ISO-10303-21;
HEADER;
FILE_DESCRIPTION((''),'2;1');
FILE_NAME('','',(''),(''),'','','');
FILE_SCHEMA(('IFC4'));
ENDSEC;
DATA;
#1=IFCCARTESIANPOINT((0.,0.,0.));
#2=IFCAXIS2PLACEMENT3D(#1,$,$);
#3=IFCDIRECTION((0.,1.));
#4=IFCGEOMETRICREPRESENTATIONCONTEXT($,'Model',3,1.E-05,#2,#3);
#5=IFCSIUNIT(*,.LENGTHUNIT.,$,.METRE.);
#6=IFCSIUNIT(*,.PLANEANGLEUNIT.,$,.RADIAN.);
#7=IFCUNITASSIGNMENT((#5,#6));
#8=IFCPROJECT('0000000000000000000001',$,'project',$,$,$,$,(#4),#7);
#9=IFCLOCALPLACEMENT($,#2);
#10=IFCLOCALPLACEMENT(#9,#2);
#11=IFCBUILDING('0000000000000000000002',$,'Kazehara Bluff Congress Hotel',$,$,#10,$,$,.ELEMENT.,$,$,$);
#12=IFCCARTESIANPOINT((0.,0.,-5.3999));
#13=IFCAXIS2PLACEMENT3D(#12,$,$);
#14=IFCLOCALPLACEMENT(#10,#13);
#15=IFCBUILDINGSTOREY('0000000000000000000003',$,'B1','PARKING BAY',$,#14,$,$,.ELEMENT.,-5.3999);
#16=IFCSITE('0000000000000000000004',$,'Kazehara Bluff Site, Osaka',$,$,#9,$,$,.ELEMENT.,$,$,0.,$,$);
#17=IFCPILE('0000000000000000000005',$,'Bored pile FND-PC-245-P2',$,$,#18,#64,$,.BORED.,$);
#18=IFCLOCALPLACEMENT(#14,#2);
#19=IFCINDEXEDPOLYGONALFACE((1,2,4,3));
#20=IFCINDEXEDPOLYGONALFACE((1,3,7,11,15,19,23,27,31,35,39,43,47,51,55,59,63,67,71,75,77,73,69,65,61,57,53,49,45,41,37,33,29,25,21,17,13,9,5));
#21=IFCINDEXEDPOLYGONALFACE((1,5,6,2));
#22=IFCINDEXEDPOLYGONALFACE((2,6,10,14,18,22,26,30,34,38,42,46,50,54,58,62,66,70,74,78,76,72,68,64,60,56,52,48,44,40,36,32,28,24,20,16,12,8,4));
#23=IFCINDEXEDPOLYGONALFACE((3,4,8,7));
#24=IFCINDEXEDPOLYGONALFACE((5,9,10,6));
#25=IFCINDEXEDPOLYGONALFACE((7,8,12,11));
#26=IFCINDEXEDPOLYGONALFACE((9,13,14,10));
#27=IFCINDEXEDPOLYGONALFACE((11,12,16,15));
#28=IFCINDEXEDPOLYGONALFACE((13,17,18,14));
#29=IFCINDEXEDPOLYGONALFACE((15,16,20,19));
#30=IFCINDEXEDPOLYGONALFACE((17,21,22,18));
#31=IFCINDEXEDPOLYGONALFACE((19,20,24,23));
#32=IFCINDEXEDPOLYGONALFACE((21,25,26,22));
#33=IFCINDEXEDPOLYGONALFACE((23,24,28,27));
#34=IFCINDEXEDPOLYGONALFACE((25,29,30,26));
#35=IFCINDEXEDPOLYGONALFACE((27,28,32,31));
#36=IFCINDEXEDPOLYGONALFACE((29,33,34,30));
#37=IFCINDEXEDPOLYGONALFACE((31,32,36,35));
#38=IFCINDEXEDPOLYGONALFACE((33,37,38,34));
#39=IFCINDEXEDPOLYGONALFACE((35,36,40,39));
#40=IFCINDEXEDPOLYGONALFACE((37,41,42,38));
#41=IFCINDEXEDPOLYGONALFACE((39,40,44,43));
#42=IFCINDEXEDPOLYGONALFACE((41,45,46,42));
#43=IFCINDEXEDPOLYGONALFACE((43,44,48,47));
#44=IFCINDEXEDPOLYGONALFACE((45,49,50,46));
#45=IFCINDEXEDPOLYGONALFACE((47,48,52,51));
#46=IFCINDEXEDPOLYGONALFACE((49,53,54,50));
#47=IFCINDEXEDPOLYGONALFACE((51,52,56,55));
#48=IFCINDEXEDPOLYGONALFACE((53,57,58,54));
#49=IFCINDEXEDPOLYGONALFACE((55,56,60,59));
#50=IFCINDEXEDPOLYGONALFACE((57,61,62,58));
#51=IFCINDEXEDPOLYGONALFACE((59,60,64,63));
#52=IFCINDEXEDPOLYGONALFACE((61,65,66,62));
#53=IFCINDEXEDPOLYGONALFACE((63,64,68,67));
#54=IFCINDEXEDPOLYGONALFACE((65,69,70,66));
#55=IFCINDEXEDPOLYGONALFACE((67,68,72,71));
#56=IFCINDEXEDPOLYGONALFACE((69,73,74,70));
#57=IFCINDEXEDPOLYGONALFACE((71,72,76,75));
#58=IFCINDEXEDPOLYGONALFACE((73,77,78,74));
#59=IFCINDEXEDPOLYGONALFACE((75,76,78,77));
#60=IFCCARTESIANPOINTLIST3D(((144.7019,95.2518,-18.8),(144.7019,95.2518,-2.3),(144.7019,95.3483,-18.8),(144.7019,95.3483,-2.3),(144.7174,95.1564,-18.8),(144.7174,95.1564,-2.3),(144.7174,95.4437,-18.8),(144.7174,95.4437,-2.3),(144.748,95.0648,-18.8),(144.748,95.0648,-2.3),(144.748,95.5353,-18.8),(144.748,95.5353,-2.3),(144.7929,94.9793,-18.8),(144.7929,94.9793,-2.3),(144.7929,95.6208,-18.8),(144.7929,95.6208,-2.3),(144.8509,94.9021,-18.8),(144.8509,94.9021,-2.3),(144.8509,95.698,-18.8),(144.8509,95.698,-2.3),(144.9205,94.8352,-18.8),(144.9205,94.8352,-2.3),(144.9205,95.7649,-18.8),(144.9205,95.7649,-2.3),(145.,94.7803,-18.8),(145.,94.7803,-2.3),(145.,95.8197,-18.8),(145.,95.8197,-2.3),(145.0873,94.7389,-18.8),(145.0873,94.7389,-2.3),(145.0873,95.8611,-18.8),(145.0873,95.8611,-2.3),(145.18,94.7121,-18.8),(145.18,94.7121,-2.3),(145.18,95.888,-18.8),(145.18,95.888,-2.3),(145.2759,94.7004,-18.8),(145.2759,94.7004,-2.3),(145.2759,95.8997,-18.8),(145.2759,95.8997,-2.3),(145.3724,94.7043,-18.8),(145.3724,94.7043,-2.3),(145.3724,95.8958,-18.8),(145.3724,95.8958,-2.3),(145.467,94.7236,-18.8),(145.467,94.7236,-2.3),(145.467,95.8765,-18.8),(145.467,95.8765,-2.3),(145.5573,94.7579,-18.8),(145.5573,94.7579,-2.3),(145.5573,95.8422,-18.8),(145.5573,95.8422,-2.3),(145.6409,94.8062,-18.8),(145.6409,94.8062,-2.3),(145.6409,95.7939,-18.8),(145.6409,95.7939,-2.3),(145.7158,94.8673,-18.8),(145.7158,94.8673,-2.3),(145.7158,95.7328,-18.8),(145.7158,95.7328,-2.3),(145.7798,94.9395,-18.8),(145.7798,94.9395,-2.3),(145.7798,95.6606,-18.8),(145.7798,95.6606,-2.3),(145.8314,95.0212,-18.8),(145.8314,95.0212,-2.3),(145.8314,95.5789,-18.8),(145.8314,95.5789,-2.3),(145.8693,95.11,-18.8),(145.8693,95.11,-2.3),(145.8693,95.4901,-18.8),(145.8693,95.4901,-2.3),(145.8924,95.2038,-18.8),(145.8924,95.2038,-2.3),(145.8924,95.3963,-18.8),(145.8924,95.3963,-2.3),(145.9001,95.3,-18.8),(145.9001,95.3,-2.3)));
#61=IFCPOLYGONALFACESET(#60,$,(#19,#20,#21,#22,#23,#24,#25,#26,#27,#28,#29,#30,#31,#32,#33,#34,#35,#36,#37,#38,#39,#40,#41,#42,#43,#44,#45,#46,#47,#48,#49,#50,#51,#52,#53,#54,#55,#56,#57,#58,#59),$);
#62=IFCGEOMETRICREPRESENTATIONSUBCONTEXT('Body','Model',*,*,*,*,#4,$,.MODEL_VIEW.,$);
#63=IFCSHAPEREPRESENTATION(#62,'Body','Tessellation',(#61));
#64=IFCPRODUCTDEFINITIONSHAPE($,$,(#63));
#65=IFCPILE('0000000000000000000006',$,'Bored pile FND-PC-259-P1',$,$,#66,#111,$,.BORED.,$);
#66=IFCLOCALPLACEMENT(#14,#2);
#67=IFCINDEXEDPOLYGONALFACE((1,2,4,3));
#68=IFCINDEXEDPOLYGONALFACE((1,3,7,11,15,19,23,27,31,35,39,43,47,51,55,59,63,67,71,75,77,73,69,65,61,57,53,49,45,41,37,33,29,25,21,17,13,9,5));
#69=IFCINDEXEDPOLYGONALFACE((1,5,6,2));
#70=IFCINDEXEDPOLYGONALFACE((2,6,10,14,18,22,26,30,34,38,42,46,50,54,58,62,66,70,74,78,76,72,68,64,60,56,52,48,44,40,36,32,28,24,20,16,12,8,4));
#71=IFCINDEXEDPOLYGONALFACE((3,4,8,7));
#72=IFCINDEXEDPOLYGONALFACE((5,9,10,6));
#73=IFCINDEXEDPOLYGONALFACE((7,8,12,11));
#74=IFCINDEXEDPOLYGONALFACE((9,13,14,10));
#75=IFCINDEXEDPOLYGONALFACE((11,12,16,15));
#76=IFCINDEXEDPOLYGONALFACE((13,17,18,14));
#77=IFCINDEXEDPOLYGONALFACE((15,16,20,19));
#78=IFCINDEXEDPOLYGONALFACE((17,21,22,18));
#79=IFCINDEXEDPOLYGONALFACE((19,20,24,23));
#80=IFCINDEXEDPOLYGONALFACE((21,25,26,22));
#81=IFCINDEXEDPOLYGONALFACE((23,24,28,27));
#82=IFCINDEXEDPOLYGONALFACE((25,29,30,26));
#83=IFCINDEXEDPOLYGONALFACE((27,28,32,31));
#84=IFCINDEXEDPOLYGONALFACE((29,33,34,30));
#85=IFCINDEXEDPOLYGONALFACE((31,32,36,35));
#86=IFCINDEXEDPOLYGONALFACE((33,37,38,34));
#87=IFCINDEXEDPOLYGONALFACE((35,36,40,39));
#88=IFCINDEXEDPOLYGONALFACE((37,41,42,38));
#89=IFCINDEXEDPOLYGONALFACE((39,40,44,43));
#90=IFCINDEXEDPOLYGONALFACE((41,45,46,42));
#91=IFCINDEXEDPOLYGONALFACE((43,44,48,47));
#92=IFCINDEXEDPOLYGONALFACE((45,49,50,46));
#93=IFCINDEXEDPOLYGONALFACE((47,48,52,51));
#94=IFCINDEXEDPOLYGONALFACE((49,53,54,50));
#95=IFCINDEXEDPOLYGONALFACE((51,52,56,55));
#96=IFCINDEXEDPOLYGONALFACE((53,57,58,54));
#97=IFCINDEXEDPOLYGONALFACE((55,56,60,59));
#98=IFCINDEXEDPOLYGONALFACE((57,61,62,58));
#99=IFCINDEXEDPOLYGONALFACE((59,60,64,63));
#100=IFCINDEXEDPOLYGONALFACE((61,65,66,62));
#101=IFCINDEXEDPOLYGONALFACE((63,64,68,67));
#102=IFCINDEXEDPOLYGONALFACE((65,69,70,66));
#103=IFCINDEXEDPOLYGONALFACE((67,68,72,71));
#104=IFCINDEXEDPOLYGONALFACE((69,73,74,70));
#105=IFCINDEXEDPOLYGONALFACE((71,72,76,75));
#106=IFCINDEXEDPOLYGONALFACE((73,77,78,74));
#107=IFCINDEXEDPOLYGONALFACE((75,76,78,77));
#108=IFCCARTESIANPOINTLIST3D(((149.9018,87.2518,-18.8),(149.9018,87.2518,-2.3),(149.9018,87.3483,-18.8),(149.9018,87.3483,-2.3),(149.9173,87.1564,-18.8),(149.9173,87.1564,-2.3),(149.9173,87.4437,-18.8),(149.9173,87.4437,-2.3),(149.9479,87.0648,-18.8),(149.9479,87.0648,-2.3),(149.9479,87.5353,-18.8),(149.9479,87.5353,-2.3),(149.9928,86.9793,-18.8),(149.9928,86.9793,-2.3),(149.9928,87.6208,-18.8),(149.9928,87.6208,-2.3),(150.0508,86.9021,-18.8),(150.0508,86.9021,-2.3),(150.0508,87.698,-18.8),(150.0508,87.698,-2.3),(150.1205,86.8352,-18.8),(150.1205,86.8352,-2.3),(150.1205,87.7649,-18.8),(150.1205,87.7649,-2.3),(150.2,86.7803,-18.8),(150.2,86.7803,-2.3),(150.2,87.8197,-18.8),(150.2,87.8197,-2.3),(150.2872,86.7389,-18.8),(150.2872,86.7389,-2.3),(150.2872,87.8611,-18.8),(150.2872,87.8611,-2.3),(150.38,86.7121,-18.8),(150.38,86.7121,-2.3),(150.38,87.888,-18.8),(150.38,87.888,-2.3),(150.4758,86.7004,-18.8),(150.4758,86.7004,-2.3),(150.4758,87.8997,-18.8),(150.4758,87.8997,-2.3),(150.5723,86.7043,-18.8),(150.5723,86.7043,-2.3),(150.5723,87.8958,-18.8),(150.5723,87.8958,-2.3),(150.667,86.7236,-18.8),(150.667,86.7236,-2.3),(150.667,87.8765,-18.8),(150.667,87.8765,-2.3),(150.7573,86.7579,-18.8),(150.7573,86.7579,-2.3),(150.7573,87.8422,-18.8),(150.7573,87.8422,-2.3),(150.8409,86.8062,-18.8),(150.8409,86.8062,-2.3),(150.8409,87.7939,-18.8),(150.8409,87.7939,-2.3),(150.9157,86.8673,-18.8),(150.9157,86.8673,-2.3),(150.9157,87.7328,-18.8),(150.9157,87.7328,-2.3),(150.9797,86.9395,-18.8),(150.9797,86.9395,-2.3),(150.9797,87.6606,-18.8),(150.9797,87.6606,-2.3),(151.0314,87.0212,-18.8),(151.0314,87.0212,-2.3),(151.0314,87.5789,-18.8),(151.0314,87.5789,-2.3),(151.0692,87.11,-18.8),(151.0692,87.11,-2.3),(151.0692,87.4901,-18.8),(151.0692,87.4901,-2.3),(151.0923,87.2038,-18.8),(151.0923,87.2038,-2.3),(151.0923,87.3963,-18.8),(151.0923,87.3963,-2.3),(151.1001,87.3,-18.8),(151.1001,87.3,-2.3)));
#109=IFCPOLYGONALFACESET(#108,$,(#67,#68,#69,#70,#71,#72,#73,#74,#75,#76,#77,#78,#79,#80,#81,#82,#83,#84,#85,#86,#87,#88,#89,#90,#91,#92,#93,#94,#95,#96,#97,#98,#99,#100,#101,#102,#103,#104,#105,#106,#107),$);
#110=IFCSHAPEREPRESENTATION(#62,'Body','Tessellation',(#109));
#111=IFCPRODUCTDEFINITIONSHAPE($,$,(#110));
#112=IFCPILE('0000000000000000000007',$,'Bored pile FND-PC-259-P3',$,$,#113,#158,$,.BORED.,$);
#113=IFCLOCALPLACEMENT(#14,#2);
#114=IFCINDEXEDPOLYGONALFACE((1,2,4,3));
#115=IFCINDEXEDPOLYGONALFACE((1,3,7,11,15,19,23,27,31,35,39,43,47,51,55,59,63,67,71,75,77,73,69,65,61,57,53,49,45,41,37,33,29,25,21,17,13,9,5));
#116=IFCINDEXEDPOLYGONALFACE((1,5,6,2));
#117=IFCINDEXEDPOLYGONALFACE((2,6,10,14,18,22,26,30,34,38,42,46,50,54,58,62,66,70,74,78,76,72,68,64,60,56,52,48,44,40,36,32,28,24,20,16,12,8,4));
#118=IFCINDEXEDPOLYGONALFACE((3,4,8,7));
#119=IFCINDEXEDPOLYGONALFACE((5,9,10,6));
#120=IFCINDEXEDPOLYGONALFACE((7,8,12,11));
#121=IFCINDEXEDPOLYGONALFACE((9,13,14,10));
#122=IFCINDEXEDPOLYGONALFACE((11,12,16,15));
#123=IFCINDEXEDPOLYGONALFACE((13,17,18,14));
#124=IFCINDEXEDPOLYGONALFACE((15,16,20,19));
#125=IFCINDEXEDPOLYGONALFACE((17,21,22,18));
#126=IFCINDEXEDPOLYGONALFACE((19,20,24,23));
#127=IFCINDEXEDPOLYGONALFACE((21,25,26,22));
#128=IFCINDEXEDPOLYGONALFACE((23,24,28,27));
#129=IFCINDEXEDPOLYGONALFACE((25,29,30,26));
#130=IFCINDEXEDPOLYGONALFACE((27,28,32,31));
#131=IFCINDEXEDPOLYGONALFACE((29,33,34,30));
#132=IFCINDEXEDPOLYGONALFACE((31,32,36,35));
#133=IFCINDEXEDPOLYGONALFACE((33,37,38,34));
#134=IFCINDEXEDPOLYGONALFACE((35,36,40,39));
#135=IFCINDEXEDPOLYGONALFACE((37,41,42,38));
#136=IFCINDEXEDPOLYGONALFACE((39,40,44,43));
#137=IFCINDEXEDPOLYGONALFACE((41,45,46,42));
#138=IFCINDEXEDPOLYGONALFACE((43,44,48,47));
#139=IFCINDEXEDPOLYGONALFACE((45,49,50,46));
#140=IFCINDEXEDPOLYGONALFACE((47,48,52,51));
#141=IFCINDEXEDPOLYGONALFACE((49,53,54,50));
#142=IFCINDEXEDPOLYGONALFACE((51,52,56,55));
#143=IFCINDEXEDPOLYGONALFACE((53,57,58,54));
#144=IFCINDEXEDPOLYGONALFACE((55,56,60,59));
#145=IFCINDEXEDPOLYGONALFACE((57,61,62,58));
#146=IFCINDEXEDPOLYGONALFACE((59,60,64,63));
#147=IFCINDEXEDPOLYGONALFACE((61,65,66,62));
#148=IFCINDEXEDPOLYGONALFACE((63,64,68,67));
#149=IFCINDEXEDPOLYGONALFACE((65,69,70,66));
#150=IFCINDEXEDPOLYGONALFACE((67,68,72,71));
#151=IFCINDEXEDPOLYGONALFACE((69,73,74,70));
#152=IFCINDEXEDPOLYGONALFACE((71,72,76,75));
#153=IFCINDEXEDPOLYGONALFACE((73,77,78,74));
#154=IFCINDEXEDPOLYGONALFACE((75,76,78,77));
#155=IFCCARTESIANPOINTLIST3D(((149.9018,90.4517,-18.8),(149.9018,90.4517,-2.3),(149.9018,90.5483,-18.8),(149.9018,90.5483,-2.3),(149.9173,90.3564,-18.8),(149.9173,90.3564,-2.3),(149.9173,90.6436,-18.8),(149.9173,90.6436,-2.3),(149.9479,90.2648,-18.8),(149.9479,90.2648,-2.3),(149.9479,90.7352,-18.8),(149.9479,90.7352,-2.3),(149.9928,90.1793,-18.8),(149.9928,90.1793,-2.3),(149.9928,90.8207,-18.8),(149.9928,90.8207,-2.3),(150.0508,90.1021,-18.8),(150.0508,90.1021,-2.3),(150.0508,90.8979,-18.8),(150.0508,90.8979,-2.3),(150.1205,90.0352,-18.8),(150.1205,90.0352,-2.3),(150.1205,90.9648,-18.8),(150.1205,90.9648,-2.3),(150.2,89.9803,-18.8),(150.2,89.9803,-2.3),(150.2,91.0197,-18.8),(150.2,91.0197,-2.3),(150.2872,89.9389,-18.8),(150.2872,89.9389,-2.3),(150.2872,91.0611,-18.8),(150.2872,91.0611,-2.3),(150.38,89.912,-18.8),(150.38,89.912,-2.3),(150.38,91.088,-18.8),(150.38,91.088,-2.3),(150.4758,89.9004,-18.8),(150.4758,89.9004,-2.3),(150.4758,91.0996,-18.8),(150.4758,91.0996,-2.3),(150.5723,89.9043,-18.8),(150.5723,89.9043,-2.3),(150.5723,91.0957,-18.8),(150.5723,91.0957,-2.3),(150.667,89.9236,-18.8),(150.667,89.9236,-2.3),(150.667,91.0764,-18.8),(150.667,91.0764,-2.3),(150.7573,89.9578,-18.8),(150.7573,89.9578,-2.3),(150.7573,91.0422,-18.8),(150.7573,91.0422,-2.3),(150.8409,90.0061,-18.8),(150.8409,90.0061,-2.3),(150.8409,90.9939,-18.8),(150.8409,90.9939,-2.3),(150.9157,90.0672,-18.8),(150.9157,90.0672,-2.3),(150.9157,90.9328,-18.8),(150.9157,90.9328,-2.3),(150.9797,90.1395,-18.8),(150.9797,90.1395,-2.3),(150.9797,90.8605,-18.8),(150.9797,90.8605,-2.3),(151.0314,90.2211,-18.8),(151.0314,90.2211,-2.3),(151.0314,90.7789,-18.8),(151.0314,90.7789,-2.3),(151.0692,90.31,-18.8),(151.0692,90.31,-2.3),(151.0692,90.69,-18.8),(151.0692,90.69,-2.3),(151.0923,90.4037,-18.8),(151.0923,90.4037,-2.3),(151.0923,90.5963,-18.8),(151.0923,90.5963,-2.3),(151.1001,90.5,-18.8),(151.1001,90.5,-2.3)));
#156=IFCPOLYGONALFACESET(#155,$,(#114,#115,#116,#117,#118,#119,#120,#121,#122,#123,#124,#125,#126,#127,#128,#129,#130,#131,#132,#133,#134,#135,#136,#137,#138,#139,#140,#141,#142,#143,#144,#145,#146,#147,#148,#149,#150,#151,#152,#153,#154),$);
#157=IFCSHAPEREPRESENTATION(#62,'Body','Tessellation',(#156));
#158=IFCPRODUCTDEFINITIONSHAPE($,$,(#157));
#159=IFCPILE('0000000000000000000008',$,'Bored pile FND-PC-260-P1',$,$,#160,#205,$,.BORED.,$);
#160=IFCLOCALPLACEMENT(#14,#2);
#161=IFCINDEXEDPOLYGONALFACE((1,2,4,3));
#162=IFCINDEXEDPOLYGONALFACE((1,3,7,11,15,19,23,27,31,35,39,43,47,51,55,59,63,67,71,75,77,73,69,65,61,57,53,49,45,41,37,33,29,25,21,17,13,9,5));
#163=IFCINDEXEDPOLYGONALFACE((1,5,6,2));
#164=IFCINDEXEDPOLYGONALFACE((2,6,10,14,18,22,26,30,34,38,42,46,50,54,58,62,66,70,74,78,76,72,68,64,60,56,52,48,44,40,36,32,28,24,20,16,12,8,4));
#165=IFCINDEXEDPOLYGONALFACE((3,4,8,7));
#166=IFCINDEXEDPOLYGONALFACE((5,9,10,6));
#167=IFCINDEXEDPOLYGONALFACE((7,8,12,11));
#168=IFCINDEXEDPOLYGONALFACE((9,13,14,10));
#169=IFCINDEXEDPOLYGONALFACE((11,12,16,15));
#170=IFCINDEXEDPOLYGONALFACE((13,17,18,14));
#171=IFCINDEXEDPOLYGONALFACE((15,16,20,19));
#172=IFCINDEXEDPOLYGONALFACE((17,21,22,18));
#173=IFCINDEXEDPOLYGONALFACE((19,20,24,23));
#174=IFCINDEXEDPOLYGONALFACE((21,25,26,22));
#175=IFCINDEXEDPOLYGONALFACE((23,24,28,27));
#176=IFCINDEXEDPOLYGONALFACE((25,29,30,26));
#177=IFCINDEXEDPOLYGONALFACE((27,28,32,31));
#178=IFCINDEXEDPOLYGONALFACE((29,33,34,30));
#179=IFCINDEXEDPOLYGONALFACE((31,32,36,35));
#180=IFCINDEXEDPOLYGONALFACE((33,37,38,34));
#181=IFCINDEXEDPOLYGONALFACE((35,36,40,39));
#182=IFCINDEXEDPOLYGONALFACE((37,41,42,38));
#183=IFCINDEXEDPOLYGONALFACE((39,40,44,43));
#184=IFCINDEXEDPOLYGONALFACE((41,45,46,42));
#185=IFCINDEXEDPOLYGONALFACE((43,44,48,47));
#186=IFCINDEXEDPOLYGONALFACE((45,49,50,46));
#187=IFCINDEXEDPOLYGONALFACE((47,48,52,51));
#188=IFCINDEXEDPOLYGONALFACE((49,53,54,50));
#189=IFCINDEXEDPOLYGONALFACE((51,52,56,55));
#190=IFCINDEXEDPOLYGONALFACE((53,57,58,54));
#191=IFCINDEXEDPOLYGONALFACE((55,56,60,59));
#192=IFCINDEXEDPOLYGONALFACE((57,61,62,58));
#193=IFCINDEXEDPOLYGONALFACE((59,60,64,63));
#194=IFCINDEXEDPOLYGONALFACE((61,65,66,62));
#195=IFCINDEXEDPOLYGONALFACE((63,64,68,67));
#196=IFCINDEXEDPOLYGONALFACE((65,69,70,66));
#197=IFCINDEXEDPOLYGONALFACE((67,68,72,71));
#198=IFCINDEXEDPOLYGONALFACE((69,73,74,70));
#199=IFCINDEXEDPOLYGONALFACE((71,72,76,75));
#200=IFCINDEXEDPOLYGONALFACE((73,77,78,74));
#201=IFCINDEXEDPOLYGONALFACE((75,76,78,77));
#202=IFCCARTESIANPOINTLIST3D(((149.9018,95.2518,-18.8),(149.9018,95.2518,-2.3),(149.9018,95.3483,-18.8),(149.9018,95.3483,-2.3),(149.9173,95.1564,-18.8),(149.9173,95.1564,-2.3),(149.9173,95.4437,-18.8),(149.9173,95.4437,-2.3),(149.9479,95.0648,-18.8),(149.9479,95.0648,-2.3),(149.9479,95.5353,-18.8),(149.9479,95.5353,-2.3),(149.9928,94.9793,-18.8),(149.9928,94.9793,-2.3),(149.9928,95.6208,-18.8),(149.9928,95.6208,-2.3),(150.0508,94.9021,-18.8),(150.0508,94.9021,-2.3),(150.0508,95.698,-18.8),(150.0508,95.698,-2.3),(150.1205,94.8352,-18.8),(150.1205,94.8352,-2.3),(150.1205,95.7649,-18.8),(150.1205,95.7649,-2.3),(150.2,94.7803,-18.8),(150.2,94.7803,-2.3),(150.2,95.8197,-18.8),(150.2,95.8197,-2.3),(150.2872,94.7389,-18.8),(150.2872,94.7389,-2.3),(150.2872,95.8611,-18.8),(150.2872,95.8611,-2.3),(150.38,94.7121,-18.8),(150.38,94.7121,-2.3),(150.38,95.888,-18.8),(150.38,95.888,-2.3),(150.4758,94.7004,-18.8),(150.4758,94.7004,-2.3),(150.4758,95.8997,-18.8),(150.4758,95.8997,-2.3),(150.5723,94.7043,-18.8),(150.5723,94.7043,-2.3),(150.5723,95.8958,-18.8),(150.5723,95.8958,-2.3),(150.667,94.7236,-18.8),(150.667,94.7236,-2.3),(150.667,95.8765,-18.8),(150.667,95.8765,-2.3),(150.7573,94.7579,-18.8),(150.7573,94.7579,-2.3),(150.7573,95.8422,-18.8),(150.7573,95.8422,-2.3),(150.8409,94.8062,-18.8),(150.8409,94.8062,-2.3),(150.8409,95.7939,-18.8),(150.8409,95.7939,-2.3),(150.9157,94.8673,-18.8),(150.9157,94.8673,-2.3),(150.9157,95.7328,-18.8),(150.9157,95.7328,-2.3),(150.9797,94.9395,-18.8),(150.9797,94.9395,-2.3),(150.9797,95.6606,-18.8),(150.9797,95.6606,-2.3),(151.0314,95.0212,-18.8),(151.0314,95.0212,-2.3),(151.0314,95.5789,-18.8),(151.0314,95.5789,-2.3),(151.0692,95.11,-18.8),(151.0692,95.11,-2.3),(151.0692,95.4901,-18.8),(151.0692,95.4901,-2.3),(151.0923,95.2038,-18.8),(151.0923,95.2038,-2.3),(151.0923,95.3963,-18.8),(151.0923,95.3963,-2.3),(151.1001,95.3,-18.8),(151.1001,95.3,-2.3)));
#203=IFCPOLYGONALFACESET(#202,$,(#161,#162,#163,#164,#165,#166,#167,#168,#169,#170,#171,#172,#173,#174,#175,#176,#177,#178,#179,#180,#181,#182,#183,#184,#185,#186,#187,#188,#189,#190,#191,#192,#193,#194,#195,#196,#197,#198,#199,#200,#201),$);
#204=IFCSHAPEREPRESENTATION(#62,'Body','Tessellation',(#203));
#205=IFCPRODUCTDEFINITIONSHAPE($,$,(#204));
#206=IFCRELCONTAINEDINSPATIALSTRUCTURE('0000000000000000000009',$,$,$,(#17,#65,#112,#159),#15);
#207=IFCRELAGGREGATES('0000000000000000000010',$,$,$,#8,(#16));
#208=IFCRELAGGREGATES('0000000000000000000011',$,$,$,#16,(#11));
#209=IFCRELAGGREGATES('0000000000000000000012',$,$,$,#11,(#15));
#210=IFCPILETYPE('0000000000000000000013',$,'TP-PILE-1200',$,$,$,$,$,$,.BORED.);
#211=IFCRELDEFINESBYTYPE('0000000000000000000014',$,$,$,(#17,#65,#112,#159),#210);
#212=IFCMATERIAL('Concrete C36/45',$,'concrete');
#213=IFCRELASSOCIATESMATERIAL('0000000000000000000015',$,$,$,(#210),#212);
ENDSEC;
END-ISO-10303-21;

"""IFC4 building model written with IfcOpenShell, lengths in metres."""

from ifc_helpers import new_model, si_unit, direction, frame, origin, origin_2d, place, context, subcontext, project, spatial, circle, extrude, material, material_profile, profile_set, type_object, element, save


model = new_model("IFC4")

# Units and contexts
model_context = context("Model", 3, precision=1e-05, world=origin(), true_north=direction((0.0, 1.0)))
body_context = subcontext(model_context, "Body", "Model", "MODEL_VIEW")
ifc_project = project(units=[si_unit("LENGTHUNIT", "METRE"), si_unit("PLANEANGLEUNIT", "RADIAN")], contexts=[model_context])

# Site, building, storey
site_placement = place(None, origin())
site = spatial("IfcSite", under=ifc_project, at=site_placement, Name="Kazehara Bluff Site, Osaka", CompositionType="ELEMENT", RefElevation=0.0)
building_placement = place(site_placement, origin())
building = spatial("IfcBuilding", under=site, at=building_placement, Name="Kazehara Bluff Congress Hotel", CompositionType="ELEMENT")
storey_placement = place(building_placement, frame((0.0, 0.0, -5.3999)))
storey = spatial("IfcBuildingStorey", under=building, at=storey_placement, Name="B1", Description="PARKING BAY", CompositionType="ELEMENT", Elevation=-5.3999)

# Piles
ifc_material_1 = material(Name="Concrete C36/45", Category="concrete")
ifc_material_profile_1 = material_profile(ifc_material_1, circle(Radius=0.6001, at=origin_2d()))
ifc_profile_set_1 = profile_set([ifc_material_profile_1], Name="Concrete C36/45")
pile_type_1 = type_object("IfcPileType", Name="TP-PILE-1200", PredefinedType="BORED", material=ifc_profile_set_1)
for number, where, z_axis, x_axis, name in (
    (1, (145.3, 95.3, -2.3), (0.0, 0.0, -1.0), (1.0, 0.0, 0.0), "Bored pile FND-PC-245-P2"),
    (2, (150.5, 87.3, -2.3), (0.0, 0.0, -1.0), (1.0, 0.0, 0.0), "Bored pile FND-PC-259-P1"),
    (3, (150.5, 90.5, -2.3), (0.0, 0.0, -1.0), (1.0, 0.0, 0.0), "Bored pile FND-PC-259-P3"),
    (4, (150.5, 95.3, -2.3), (0.0, 0.0, -1.0), (1.0, 0.0, 0.0), "Bored pile FND-PC-260-P1"),
):
    element("IfcPile", number, at=place(storey_placement, frame(where, z_axis=z_axis, x_axis=x_axis)), inside=storey, type_object=pile_type_1, Name=name, PredefinedType="BORED", context=body_context, shape_type="SweptSolid", body=[
        extrude(circle(Radius=0.6001, at=origin_2d()), origin(), (0.0, 0.0, 1.0), 16.5),
    ])

save(model, "model.ifc")
